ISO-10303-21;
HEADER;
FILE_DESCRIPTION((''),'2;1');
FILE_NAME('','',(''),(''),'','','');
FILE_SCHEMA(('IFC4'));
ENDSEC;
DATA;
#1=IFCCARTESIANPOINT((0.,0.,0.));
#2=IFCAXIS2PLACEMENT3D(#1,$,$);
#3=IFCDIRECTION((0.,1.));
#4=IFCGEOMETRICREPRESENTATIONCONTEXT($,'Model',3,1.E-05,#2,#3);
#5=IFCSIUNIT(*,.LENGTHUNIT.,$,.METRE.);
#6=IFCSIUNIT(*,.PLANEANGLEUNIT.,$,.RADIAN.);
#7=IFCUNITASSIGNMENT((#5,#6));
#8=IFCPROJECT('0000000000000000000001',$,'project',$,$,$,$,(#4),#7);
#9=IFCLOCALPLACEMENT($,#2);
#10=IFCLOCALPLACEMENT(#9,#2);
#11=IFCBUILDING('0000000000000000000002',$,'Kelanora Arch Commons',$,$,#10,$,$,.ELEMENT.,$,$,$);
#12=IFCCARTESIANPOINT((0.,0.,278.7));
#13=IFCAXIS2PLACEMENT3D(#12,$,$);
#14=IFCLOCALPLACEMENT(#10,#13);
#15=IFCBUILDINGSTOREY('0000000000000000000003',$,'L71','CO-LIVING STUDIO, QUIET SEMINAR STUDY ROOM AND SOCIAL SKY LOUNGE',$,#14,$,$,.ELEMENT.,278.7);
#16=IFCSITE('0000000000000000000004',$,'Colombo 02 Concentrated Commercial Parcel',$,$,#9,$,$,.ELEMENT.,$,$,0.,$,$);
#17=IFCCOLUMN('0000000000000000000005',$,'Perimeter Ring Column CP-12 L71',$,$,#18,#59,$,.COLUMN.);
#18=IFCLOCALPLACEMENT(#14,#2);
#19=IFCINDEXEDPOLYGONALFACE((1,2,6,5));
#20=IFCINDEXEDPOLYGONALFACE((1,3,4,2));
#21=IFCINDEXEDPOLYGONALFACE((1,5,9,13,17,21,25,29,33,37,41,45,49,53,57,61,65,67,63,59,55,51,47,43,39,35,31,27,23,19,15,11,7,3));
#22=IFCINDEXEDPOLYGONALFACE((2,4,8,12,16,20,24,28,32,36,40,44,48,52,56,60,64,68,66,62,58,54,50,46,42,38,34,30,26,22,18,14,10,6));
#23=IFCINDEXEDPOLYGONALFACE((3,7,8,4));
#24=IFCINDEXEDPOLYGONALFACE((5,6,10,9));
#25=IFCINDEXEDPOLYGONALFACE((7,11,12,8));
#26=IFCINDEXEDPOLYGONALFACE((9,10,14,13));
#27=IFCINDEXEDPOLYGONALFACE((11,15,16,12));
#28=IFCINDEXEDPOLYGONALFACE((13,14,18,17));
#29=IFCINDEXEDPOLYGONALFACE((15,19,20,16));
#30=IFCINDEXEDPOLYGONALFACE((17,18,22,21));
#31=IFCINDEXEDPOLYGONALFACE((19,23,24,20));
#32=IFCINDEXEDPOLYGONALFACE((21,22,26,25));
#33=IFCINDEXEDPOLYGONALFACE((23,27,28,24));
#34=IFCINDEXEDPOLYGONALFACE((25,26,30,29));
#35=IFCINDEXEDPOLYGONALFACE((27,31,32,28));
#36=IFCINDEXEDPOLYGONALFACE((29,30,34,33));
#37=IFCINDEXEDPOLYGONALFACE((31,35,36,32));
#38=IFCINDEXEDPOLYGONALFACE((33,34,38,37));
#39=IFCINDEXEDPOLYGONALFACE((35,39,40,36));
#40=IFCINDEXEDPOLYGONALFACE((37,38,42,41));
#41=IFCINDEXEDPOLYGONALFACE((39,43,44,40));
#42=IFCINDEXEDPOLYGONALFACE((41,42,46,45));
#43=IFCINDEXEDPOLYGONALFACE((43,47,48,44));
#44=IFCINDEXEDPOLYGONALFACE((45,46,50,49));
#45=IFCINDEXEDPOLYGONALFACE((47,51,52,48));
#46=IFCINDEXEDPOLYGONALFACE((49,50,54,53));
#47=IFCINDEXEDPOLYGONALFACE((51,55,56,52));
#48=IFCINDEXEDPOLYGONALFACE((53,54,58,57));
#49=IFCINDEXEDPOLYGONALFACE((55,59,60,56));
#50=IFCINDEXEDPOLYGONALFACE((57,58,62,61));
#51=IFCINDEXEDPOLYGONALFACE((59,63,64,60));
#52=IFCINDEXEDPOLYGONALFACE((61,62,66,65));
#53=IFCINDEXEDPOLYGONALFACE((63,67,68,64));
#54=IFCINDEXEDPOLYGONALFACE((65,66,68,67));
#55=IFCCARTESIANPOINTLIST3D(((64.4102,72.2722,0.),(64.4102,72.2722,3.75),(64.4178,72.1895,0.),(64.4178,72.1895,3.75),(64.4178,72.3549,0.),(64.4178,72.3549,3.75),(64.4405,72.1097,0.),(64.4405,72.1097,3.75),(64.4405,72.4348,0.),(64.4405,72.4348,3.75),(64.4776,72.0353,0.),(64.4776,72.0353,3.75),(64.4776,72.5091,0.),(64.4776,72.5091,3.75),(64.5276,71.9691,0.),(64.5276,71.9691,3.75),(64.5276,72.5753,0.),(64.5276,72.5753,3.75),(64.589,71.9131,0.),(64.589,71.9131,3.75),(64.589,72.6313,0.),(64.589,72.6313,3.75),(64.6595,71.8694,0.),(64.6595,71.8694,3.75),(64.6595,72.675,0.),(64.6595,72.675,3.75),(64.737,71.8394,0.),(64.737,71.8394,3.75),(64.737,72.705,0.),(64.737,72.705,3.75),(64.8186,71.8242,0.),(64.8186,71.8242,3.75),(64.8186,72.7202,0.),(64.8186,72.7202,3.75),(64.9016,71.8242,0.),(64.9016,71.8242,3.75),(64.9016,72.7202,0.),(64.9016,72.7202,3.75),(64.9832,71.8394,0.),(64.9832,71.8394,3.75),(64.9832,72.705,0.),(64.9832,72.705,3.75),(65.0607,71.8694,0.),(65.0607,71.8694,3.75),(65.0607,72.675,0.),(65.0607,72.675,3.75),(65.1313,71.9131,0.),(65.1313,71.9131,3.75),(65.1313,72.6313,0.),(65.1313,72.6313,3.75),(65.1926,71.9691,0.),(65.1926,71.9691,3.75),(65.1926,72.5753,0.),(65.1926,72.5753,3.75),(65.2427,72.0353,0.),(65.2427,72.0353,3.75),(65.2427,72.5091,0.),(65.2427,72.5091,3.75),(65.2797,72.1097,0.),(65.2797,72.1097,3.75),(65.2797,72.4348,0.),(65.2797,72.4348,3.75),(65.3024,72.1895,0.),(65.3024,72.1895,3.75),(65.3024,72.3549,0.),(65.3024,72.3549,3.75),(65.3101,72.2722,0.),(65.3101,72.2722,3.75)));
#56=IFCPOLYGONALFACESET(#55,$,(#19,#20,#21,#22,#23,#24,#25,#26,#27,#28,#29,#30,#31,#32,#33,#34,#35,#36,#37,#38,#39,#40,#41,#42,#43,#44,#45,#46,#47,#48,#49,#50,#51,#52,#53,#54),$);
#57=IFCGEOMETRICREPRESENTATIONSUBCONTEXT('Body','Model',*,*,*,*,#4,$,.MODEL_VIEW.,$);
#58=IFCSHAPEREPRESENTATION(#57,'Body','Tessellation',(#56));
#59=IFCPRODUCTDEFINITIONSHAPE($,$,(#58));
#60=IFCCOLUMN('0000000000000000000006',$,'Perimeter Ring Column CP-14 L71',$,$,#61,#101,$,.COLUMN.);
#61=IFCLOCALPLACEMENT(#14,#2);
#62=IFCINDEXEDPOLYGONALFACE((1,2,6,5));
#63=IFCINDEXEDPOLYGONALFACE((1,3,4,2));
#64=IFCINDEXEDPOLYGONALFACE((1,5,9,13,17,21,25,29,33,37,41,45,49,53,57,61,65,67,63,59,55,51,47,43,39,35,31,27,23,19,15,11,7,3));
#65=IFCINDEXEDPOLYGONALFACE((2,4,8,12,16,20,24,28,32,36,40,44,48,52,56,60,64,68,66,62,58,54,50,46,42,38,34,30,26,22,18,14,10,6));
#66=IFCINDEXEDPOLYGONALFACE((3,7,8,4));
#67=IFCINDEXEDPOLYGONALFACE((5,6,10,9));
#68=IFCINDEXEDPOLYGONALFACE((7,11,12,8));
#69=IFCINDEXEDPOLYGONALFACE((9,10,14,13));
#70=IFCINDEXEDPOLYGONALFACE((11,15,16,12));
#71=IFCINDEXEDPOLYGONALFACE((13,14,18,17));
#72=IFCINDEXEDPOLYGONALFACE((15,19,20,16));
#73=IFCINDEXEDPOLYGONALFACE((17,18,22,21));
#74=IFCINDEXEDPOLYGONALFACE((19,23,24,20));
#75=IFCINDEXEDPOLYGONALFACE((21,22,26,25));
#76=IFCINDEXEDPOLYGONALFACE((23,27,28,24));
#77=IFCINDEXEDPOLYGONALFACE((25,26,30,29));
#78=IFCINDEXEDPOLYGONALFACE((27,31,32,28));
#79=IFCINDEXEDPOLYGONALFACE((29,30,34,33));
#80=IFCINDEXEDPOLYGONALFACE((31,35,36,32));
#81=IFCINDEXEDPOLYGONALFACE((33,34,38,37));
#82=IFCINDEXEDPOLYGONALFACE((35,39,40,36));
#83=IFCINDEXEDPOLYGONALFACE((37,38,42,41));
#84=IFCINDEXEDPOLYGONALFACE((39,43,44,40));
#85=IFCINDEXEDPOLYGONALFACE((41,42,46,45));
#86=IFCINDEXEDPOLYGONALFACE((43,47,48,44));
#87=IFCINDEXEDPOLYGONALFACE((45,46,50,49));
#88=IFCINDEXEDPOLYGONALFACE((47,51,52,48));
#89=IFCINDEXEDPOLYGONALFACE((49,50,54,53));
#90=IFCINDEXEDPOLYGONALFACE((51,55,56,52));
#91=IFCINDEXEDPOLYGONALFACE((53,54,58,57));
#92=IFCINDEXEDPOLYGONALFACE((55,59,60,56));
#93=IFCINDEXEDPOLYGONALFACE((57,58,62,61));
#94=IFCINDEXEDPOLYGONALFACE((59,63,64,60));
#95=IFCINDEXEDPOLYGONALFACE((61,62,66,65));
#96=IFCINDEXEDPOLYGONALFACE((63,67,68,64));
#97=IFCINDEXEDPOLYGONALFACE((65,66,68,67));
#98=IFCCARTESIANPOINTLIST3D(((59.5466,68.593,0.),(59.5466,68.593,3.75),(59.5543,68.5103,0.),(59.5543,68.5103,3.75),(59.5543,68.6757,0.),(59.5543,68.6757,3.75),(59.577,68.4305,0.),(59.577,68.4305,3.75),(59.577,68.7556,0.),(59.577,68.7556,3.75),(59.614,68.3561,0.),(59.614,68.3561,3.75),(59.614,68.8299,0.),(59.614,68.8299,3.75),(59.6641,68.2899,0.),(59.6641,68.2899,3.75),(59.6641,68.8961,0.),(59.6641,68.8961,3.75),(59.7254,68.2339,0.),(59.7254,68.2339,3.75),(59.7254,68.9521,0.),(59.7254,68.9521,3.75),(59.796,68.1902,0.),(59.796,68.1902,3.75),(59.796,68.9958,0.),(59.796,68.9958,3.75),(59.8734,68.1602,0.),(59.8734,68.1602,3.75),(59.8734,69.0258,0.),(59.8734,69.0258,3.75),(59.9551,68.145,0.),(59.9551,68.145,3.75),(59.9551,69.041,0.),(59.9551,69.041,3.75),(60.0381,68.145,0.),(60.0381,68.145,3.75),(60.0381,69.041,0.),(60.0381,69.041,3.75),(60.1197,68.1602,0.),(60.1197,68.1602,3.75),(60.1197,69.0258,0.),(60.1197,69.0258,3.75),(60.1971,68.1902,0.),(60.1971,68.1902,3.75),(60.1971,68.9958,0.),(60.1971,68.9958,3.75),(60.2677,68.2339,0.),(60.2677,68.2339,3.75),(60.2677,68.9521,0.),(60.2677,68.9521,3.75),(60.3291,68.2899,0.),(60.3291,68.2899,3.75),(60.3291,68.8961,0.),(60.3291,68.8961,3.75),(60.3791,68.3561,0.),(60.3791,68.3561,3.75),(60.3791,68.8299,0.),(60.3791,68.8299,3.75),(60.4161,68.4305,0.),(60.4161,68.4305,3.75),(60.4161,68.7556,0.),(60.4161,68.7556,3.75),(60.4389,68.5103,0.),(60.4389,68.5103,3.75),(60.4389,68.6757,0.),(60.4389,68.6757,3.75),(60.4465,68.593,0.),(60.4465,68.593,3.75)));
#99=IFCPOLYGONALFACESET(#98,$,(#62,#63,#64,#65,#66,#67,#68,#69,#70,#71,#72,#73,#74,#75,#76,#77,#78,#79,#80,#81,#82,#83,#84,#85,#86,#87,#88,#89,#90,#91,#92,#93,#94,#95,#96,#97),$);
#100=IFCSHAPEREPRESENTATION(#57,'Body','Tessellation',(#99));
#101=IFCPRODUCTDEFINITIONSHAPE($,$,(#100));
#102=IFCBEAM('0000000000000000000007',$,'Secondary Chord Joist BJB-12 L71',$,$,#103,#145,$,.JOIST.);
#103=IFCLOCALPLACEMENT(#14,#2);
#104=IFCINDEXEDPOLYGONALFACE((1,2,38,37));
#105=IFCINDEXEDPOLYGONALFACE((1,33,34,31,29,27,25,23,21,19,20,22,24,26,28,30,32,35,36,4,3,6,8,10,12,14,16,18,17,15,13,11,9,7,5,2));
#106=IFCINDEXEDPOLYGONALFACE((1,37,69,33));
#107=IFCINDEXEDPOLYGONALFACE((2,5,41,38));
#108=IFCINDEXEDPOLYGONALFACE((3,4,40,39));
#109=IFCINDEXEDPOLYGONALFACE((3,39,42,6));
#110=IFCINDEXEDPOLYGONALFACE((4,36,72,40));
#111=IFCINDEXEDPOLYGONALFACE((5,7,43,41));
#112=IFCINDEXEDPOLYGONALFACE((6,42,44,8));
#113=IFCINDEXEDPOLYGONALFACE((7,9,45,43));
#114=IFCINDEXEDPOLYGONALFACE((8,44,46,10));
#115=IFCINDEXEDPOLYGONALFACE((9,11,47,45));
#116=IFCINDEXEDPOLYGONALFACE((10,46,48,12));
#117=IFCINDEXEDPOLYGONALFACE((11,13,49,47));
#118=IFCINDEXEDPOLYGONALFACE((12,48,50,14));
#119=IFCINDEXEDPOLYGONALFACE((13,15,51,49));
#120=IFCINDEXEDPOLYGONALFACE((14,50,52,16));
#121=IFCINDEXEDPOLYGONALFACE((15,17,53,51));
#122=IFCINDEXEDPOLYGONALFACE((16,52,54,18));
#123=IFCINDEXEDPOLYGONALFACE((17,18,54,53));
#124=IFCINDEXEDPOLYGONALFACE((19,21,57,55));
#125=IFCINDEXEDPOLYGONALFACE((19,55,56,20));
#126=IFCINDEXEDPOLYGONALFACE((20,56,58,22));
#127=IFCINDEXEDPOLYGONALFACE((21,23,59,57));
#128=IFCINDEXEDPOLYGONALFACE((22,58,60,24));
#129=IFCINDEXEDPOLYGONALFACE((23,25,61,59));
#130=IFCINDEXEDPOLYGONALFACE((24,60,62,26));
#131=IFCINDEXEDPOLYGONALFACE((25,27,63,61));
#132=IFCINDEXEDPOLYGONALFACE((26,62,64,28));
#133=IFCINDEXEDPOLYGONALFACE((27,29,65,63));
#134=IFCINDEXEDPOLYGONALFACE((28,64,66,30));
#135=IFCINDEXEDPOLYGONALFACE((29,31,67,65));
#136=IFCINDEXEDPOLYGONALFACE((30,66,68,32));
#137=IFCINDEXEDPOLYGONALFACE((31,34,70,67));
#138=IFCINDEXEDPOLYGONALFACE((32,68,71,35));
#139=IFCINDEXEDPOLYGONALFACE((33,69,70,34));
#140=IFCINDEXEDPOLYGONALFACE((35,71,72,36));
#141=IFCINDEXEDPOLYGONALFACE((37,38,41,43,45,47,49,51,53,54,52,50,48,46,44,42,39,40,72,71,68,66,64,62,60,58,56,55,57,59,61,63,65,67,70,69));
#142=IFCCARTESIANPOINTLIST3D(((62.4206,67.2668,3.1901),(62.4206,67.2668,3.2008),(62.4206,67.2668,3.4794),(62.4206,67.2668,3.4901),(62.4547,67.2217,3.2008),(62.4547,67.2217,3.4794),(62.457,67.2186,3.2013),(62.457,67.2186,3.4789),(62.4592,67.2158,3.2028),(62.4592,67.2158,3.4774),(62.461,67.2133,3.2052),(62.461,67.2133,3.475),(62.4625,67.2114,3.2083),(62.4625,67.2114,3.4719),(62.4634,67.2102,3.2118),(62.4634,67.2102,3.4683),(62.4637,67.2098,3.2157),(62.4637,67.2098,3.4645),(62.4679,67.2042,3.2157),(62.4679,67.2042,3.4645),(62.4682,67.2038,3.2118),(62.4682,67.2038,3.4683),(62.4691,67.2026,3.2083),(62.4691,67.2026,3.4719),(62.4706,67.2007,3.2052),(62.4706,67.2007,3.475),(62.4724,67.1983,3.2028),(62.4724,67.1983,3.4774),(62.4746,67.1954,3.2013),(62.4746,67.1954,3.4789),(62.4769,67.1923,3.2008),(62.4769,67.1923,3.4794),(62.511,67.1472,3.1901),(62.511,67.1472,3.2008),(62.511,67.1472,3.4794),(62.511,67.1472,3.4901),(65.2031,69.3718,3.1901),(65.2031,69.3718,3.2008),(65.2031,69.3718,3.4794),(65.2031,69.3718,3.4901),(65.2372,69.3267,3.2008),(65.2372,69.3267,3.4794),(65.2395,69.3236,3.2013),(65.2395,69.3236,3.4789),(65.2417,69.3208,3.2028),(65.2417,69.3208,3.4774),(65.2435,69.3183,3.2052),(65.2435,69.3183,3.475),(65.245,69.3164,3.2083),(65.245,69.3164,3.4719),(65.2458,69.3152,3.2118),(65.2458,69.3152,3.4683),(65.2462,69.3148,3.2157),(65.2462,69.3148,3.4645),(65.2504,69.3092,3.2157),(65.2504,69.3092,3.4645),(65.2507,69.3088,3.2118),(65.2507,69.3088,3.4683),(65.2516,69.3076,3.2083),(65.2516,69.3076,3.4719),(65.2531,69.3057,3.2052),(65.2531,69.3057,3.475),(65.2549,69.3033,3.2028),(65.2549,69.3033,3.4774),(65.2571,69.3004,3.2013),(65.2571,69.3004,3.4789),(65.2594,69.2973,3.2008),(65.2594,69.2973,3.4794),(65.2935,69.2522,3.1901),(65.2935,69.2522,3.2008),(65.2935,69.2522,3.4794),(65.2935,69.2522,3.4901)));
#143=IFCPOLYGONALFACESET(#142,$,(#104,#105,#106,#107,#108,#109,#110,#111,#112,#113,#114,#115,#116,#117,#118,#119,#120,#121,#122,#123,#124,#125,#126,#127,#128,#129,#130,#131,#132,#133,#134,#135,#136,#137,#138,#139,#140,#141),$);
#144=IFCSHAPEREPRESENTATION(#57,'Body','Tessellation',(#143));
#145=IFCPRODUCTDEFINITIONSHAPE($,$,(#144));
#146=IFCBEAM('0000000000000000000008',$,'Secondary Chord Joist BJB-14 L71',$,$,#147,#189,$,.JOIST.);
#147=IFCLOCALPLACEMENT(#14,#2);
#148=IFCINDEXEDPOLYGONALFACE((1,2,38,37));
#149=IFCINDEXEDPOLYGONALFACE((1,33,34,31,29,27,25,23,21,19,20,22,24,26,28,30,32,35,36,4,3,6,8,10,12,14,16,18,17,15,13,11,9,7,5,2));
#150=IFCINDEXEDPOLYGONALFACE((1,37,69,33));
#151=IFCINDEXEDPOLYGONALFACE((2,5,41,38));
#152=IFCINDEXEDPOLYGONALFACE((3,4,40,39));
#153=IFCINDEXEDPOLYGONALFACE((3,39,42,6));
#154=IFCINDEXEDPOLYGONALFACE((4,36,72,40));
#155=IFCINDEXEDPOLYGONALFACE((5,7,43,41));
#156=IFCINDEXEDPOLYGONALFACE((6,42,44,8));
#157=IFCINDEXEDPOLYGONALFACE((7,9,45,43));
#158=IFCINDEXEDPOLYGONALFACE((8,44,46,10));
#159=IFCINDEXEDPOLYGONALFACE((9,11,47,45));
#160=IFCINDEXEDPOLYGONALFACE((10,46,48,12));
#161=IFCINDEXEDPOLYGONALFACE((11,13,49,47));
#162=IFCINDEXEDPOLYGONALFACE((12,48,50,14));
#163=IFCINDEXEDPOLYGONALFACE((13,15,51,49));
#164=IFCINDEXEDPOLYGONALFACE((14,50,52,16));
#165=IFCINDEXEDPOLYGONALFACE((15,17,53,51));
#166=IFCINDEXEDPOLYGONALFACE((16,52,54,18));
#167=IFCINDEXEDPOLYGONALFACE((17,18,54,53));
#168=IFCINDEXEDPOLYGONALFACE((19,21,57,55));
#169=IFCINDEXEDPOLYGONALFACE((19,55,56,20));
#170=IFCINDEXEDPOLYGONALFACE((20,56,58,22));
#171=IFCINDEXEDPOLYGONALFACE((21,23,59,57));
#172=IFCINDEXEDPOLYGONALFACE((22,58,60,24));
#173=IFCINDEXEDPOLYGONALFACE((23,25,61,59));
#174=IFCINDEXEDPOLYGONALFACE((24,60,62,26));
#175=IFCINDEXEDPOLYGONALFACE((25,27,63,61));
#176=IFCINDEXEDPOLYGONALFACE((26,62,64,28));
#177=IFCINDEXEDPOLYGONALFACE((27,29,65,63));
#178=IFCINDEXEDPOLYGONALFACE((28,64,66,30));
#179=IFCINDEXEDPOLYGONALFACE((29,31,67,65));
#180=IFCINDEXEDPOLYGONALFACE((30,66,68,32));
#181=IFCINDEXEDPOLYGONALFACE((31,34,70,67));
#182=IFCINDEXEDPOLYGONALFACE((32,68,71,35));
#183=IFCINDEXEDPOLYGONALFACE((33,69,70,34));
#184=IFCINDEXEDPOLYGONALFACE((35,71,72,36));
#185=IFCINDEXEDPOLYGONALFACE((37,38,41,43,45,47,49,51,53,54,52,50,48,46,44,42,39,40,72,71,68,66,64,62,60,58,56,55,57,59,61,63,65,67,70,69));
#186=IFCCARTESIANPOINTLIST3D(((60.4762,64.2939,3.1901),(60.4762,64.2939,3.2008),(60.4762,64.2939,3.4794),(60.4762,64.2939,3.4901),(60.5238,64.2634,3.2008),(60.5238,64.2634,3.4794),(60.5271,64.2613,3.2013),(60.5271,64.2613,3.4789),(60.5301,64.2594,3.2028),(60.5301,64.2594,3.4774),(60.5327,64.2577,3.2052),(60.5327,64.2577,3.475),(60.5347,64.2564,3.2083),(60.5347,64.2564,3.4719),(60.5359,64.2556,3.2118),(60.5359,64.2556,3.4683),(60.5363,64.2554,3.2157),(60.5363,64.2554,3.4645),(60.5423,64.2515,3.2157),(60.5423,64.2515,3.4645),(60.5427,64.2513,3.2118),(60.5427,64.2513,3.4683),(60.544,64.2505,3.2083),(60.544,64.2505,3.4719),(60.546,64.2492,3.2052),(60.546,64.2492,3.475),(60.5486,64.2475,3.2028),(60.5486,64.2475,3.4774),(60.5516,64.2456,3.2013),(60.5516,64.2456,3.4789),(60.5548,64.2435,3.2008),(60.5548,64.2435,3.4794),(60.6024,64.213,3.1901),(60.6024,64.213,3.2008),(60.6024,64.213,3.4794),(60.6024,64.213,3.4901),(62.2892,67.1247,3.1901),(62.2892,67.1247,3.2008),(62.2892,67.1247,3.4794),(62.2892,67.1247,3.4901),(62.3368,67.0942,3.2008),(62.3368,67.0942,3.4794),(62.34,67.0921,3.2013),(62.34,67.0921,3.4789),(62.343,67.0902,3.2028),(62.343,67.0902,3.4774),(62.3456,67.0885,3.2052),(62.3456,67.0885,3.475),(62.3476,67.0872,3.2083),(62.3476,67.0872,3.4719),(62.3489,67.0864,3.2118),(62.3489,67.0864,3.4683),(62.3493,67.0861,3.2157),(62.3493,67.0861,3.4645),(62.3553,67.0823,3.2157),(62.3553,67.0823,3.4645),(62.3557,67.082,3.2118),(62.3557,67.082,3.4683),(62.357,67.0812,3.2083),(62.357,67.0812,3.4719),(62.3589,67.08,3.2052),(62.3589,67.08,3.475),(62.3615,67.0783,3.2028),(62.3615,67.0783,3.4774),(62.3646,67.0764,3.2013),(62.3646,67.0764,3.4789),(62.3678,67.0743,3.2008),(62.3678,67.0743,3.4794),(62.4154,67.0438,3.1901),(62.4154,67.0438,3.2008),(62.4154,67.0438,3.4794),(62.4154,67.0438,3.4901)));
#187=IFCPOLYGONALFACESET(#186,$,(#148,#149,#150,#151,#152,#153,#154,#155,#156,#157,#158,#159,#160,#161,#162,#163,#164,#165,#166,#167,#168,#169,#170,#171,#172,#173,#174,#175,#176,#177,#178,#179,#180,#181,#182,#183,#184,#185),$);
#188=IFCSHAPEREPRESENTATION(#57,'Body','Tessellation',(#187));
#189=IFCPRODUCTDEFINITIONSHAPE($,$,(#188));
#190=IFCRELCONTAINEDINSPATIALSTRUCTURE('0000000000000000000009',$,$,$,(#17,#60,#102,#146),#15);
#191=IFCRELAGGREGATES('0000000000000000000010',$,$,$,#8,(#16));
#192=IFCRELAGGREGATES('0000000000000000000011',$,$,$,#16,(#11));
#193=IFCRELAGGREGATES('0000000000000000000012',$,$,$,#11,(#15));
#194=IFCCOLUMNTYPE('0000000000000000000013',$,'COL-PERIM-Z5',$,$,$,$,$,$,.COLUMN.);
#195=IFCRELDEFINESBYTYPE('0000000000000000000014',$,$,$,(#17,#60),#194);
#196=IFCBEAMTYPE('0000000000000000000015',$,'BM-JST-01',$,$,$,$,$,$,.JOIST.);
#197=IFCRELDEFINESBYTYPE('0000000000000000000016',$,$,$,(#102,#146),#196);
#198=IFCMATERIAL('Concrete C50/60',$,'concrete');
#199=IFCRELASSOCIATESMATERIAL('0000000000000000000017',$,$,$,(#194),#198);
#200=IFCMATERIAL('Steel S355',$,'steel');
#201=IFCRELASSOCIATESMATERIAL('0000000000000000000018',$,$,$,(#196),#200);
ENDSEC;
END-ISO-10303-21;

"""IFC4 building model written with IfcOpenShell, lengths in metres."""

from ifc_helpers import new_model, si_unit, direction, frame, origin, origin_2d, place, context, subcontext, project, spatial, circle, i_section, extrude, material, material_profile, profile_set, type_object, element, save


model = new_model("IFC4")

# Units and contexts
model_context = context("Model", 3, precision=1e-05, world=origin(), true_north=direction((0.0, 1.0)))
body_context = subcontext(model_context, "Body", "Model", "MODEL_VIEW")
ifc_project = project(units=[si_unit("LENGTHUNIT", "METRE"), si_unit("PLANEANGLEUNIT", "RADIAN")], contexts=[model_context])

# Site, building, storey
site_placement = place(None, origin())
site = spatial("IfcSite", under=ifc_project, at=site_placement, Name="Colombo 02 Concentrated Commercial Parcel", CompositionType="ELEMENT", RefElevation=0.0)
building_placement = place(site_placement, origin())
building = spatial("IfcBuilding", under=site, at=building_placement, Name="Kelanora Arch Commons", CompositionType="ELEMENT")
storey_placement = place(building_placement, frame((0.0, 0.0, 278.7)))
storey = spatial("IfcBuildingStorey", under=building, at=storey_placement, Name="L71", Description="CO-LIVING STUDIO, QUIET SEMINAR STUDY ROOM AND SOCIAL SKY LOUNGE", CompositionType="ELEMENT", Elevation=278.7)

# Columns
ifc_material_1 = material(Name="Concrete C50/60", Category="concrete")
ifc_material_profile_1 = material_profile(ifc_material_1, circle(Radius=0.45, at=origin_2d()), Name="RCC900")
ifc_profile_set_1 = profile_set([ifc_material_profile_1], Name="Concrete C50/60")
column_type = type_object("IfcColumnType", Name="COL-PERIM-Z5", PredefinedType="COLUMN", material=ifc_profile_set_1)
for number, where, z_axis, x_axis, name in (
    (1, (64.8601, 72.2722, 0.0), (0.0, 0.0, 1.0), (1.0, 0.0, 0.0), "Perimeter Ring Column CP-12 L71"),
    (2, (59.9966, 68.593, 0.0), (0.0, 0.0, 1.0), (1.0, 0.0, 0.0), "Perimeter Ring Column CP-14 L71"),
):
    element("IfcColumn", number, at=place(storey_placement, frame(where, z_axis=z_axis, x_axis=x_axis)), inside=storey, type_object=column_type, Name=name, PredefinedType="COLUMN", context=body_context, shape_type="SweptSolid", body=[
        extrude(circle(Radius=0.45, at=origin_2d()), origin(), (0.0, 0.0, 1.0), 3.75),
    ])

# Beams
ifc_material_2 = material(Name="Steel S355", Category="steel")
ifc_material_profile_2 = material_profile(ifc_material_2, i_section(OverallWidth=0.1499, OverallDepth=0.3, WebThickness=0.0071, FlangeThickness=0.0107, FilletRadius=0.0149, at=origin_2d()), Name="IPE300")
ifc_profile_set_2 = profile_set([ifc_material_profile_2], Name="Steel S355")
beam_type_1 = type_object("IfcBeamType", Name="BM-JST-01", PredefinedType="JOIST", material=ifc_profile_set_2)
beam_1_placement = place(storey_placement, frame((65.2483, 69.312, 3.3401), z_axis=(-0.797499, -0.60332, 0.0), x_axis=(0.60332, -0.797499, 0.0)))
element("IfcBeam", 3, at=beam_1_placement, inside=storey, type_object=beam_type_1, Name="Secondary Chord Joist BJB-12 L71", PredefinedType="JOIST", context=body_context, shape_type="SweptSolid", body=[
    extrude(i_section(OverallWidth=0.1499, OverallDepth=0.3, WebThickness=0.0071, FlangeThickness=0.0107, FilletRadius=0.0149, at=origin_2d()), origin(), (0.0, 0.0, 1.0), 3.489),
])
beam_2_placement = place(storey_placement, frame((62.3523, 67.0842, 3.3401), z_axis=(-0.539322, -0.8421, 0.0), x_axis=(0.8421, -0.539322, 0.0)))
element("IfcBeam", 4, at=beam_2_placement, inside=storey, type_object=beam_type_1, Name="Secondary Chord Joist BJB-14 L71", PredefinedType="JOIST", context=body_context, shape_type="SweptSolid", body=[
    extrude(i_section(OverallWidth=0.1499, OverallDepth=0.3, WebThickness=0.0071, FlangeThickness=0.0107, FilletRadius=0.0149, at=origin_2d()), origin(), (0.0, 0.0, 1.0), 3.3616),
])

save(model, "model.ifc")
